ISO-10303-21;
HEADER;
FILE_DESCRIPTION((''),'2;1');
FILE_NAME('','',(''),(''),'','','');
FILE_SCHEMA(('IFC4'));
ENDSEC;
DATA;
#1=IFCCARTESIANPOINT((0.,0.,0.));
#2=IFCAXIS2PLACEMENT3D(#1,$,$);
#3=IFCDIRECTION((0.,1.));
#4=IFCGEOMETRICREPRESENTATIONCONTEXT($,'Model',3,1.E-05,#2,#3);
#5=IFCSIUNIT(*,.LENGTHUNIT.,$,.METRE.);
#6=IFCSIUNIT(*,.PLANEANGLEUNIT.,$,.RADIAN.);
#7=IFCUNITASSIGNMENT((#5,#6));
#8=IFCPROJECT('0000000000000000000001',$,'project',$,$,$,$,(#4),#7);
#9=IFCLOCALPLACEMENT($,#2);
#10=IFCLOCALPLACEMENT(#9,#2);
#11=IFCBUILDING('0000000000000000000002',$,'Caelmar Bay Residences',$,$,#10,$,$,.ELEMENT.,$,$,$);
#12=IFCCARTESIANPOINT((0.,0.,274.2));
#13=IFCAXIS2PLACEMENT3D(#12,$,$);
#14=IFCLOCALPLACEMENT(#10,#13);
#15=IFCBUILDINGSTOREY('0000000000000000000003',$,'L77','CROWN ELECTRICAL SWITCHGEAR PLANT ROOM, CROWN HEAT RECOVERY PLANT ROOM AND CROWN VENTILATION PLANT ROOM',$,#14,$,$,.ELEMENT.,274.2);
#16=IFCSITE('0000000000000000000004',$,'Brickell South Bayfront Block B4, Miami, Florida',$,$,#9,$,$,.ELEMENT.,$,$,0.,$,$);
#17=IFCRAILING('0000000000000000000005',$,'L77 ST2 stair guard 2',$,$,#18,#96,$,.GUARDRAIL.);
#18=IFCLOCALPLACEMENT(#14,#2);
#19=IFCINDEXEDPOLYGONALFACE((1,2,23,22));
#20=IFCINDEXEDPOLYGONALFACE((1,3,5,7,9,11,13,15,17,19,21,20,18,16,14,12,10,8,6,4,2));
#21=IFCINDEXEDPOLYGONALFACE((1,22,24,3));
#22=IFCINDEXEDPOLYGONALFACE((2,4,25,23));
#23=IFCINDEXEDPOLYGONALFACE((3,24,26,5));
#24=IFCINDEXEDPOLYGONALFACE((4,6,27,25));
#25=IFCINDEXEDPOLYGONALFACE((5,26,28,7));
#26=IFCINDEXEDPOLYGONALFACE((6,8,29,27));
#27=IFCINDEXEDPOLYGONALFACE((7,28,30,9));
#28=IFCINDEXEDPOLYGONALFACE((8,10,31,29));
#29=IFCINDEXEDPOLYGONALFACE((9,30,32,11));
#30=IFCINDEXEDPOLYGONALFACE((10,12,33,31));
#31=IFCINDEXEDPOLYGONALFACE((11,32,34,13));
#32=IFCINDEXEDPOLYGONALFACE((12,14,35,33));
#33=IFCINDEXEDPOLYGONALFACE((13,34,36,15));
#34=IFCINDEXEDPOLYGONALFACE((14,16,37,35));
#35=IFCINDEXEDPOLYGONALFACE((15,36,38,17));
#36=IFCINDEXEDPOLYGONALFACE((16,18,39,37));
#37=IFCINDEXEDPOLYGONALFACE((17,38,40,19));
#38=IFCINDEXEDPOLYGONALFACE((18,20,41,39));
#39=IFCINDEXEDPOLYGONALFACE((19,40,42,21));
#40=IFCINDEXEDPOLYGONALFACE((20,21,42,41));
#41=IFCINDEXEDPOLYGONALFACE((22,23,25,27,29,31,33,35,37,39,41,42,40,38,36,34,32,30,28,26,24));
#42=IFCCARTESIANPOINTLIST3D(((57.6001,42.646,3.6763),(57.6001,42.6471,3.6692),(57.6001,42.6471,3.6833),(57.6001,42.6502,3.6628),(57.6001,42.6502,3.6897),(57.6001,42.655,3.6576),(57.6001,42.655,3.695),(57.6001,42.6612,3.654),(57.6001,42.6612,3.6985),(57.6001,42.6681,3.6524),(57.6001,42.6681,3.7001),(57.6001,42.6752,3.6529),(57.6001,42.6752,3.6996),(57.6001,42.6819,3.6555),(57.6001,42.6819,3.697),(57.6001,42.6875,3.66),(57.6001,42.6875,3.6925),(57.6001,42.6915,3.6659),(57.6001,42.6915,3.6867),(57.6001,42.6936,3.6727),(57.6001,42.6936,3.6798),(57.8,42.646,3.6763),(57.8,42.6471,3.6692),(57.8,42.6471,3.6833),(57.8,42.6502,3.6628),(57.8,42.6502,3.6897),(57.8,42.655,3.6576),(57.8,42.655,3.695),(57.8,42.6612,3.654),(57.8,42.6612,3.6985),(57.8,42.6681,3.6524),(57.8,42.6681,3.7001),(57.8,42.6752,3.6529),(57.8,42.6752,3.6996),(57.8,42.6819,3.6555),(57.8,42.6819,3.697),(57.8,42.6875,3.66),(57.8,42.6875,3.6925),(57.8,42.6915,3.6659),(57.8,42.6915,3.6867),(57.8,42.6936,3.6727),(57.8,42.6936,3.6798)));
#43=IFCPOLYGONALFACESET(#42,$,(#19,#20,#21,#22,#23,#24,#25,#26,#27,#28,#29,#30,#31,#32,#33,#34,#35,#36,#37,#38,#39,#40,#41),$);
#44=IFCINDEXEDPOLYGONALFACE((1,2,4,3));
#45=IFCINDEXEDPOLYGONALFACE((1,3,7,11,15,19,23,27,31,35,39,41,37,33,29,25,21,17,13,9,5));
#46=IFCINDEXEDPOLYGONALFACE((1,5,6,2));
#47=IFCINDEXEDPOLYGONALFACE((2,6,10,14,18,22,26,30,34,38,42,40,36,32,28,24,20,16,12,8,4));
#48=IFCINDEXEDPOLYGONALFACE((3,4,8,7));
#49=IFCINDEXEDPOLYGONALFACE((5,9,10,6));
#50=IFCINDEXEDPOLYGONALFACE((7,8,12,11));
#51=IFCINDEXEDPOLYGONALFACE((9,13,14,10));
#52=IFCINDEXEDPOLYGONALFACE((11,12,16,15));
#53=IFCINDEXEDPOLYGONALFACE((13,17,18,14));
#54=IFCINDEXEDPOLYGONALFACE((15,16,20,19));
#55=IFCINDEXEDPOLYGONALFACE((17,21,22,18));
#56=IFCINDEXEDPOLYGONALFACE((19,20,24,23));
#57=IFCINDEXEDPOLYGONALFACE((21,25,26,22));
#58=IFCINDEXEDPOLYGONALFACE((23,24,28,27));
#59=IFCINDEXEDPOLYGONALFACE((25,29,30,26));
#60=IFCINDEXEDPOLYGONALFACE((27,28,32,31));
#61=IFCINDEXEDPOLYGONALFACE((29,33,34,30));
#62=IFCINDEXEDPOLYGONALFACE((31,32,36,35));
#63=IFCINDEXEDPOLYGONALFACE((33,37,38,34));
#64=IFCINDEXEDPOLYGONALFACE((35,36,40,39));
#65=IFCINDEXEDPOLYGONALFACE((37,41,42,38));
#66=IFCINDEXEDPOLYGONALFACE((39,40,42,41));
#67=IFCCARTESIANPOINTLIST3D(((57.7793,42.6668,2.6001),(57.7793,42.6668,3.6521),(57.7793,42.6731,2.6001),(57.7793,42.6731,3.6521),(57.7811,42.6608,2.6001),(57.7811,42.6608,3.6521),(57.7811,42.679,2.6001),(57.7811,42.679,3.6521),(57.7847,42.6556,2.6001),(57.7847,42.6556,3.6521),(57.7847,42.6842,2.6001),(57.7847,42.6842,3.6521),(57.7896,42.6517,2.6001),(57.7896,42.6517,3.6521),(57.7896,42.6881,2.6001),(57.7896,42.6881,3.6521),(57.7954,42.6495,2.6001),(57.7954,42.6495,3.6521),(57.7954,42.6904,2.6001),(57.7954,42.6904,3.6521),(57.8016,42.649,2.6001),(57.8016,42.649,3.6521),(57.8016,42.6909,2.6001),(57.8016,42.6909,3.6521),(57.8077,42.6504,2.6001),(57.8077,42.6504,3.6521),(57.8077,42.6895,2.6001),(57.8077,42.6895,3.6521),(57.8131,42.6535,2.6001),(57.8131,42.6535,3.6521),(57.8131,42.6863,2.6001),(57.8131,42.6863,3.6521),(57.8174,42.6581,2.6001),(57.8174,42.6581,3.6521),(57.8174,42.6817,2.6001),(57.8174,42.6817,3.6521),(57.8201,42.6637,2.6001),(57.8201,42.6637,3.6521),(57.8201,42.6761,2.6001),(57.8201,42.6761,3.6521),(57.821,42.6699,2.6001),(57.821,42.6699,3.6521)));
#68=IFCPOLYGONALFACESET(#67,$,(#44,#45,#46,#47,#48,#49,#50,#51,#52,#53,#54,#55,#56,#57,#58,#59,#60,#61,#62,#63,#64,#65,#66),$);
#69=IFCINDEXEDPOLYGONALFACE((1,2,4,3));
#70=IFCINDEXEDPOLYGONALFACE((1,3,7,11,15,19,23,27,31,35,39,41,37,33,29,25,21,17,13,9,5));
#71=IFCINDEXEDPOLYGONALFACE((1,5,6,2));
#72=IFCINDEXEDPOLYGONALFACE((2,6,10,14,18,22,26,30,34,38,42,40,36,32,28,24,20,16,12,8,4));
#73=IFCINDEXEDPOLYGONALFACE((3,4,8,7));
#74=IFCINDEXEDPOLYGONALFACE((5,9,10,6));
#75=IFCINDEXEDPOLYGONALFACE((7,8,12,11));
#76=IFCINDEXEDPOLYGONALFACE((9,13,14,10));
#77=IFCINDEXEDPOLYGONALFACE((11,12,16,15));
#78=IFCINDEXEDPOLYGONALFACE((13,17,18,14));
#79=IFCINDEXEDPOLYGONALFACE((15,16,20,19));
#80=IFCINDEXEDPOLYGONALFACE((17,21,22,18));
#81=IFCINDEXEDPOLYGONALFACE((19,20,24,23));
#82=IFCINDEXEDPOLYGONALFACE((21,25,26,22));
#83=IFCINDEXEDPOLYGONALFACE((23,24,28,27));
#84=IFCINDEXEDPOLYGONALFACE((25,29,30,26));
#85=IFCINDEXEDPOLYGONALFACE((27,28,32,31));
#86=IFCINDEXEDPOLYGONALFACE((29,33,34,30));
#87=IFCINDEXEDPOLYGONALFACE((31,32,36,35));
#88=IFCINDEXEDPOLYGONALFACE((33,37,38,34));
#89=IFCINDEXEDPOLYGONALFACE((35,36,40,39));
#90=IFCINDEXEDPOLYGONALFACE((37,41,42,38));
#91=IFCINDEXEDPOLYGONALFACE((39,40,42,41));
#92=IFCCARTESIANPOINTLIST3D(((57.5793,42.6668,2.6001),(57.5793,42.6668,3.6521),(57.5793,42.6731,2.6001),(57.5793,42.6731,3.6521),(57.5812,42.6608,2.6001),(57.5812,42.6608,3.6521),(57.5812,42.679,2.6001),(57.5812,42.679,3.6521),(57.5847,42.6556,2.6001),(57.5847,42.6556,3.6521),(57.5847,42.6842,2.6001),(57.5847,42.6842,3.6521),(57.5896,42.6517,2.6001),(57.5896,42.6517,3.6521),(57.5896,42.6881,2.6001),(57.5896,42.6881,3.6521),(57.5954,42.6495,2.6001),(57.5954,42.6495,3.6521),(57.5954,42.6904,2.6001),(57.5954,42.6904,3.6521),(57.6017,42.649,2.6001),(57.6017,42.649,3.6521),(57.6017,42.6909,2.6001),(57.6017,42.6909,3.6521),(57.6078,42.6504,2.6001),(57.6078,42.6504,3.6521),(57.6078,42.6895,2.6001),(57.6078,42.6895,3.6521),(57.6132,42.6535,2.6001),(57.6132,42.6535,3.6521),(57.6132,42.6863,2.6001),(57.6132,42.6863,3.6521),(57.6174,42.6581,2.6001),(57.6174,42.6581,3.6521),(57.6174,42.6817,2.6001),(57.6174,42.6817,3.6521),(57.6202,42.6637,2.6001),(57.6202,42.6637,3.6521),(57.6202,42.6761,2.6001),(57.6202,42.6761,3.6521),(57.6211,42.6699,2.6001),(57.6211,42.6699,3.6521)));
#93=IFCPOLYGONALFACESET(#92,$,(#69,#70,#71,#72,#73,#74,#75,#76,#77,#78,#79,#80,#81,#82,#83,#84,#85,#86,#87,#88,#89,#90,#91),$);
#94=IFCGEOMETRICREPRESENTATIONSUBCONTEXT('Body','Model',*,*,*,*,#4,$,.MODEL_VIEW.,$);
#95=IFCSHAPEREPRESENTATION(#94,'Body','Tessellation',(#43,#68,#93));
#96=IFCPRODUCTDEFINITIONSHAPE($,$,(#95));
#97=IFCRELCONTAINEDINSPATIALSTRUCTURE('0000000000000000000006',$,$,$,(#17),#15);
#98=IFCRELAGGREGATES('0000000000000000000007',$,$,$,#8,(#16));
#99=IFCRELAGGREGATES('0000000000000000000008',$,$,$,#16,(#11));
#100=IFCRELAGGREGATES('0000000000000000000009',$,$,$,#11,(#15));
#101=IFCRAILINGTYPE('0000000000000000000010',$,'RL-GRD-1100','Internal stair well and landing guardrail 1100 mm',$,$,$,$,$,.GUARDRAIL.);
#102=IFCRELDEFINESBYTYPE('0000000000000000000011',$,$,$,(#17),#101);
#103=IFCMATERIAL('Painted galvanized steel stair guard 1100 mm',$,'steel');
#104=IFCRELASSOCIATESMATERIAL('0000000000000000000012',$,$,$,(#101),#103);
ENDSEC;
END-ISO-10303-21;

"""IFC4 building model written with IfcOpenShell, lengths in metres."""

from ifc_helpers import new_model, si_unit, direction, frame, origin, origin_2d, place, context, subcontext, project, spatial, circle, extrude, material, type_object, element, save


model = new_model("IFC4")

# Units and contexts
model_context = context("Model", 3, precision=1e-05, world=origin(), true_north=direction((0.0, 1.0)))
body_context = subcontext(model_context, "Body", "Model", "MODEL_VIEW")
ifc_project = project(units=[si_unit("LENGTHUNIT", "METRE"), si_unit("PLANEANGLEUNIT", "RADIAN")], contexts=[model_context])

# Site, building, storey
site_placement = place(None, origin())
site = spatial("IfcSite", under=ifc_project, at=site_placement, Name="Brickell South Bayfront Block B4, Miami, Florida", CompositionType="ELEMENT", RefElevation=0.0)
building_placement = place(site_placement, origin())
building = spatial("IfcBuilding", under=site, at=building_placement, Name="Caelmar Bay Residences", CompositionType="ELEMENT")
storey_placement = place(building_placement, frame((0.0, 0.0, 274.2)))
storey = spatial("IfcBuildingStorey", under=building, at=storey_placement, Name="L77", Description="CROWN ELECTRICAL SWITCHGEAR PLANT ROOM, CROWN HEAT RECOVERY PLANT ROOM AND CROWN VENTILATION PLANT ROOM", CompositionType="ELEMENT", Elevation=274.2)

# Railing
ifc_material_1 = material(Name="Painted galvanized steel stair guard 1100 mm", Category="steel")
railing_type_1 = type_object("IfcRailingType", Name="RL-GRD-1100", Description="Internal stair well and landing guardrail 1100 mm", PredefinedType="GUARDRAIL", material=ifc_material_1)
railing_1_placement = place(storey_placement, frame((57.8, 42.6699, 2.6001)))
element("IfcRailing", 1, at=railing_1_placement, inside=storey, type_object=railing_type_1, Name="L77 ST2 stair guard 2", PredefinedType="GUARDRAIL", context=body_context, shape_type="SweptSolid", body=[
    extrude(circle(Radius=0.0239, at=origin_2d()), frame((0.0, 0.0, 1.0762), z_axis=(-1.0, 0.0, 0.0), x_axis=(0.0, -1.0, 0.0)), (0.0, 0.0, 1.0), 0.2),
    extrude(circle(Radius=0.021, at=origin_2d()), origin(), (0.0, 0.0, 1.0), 1.052),
    extrude(circle(Radius=0.021, at=origin_2d()), frame((-0.2, 0.0, 0.0)), (0.0, 0.0, 1.0), 1.052),
])

save(model, "model.ifc")
